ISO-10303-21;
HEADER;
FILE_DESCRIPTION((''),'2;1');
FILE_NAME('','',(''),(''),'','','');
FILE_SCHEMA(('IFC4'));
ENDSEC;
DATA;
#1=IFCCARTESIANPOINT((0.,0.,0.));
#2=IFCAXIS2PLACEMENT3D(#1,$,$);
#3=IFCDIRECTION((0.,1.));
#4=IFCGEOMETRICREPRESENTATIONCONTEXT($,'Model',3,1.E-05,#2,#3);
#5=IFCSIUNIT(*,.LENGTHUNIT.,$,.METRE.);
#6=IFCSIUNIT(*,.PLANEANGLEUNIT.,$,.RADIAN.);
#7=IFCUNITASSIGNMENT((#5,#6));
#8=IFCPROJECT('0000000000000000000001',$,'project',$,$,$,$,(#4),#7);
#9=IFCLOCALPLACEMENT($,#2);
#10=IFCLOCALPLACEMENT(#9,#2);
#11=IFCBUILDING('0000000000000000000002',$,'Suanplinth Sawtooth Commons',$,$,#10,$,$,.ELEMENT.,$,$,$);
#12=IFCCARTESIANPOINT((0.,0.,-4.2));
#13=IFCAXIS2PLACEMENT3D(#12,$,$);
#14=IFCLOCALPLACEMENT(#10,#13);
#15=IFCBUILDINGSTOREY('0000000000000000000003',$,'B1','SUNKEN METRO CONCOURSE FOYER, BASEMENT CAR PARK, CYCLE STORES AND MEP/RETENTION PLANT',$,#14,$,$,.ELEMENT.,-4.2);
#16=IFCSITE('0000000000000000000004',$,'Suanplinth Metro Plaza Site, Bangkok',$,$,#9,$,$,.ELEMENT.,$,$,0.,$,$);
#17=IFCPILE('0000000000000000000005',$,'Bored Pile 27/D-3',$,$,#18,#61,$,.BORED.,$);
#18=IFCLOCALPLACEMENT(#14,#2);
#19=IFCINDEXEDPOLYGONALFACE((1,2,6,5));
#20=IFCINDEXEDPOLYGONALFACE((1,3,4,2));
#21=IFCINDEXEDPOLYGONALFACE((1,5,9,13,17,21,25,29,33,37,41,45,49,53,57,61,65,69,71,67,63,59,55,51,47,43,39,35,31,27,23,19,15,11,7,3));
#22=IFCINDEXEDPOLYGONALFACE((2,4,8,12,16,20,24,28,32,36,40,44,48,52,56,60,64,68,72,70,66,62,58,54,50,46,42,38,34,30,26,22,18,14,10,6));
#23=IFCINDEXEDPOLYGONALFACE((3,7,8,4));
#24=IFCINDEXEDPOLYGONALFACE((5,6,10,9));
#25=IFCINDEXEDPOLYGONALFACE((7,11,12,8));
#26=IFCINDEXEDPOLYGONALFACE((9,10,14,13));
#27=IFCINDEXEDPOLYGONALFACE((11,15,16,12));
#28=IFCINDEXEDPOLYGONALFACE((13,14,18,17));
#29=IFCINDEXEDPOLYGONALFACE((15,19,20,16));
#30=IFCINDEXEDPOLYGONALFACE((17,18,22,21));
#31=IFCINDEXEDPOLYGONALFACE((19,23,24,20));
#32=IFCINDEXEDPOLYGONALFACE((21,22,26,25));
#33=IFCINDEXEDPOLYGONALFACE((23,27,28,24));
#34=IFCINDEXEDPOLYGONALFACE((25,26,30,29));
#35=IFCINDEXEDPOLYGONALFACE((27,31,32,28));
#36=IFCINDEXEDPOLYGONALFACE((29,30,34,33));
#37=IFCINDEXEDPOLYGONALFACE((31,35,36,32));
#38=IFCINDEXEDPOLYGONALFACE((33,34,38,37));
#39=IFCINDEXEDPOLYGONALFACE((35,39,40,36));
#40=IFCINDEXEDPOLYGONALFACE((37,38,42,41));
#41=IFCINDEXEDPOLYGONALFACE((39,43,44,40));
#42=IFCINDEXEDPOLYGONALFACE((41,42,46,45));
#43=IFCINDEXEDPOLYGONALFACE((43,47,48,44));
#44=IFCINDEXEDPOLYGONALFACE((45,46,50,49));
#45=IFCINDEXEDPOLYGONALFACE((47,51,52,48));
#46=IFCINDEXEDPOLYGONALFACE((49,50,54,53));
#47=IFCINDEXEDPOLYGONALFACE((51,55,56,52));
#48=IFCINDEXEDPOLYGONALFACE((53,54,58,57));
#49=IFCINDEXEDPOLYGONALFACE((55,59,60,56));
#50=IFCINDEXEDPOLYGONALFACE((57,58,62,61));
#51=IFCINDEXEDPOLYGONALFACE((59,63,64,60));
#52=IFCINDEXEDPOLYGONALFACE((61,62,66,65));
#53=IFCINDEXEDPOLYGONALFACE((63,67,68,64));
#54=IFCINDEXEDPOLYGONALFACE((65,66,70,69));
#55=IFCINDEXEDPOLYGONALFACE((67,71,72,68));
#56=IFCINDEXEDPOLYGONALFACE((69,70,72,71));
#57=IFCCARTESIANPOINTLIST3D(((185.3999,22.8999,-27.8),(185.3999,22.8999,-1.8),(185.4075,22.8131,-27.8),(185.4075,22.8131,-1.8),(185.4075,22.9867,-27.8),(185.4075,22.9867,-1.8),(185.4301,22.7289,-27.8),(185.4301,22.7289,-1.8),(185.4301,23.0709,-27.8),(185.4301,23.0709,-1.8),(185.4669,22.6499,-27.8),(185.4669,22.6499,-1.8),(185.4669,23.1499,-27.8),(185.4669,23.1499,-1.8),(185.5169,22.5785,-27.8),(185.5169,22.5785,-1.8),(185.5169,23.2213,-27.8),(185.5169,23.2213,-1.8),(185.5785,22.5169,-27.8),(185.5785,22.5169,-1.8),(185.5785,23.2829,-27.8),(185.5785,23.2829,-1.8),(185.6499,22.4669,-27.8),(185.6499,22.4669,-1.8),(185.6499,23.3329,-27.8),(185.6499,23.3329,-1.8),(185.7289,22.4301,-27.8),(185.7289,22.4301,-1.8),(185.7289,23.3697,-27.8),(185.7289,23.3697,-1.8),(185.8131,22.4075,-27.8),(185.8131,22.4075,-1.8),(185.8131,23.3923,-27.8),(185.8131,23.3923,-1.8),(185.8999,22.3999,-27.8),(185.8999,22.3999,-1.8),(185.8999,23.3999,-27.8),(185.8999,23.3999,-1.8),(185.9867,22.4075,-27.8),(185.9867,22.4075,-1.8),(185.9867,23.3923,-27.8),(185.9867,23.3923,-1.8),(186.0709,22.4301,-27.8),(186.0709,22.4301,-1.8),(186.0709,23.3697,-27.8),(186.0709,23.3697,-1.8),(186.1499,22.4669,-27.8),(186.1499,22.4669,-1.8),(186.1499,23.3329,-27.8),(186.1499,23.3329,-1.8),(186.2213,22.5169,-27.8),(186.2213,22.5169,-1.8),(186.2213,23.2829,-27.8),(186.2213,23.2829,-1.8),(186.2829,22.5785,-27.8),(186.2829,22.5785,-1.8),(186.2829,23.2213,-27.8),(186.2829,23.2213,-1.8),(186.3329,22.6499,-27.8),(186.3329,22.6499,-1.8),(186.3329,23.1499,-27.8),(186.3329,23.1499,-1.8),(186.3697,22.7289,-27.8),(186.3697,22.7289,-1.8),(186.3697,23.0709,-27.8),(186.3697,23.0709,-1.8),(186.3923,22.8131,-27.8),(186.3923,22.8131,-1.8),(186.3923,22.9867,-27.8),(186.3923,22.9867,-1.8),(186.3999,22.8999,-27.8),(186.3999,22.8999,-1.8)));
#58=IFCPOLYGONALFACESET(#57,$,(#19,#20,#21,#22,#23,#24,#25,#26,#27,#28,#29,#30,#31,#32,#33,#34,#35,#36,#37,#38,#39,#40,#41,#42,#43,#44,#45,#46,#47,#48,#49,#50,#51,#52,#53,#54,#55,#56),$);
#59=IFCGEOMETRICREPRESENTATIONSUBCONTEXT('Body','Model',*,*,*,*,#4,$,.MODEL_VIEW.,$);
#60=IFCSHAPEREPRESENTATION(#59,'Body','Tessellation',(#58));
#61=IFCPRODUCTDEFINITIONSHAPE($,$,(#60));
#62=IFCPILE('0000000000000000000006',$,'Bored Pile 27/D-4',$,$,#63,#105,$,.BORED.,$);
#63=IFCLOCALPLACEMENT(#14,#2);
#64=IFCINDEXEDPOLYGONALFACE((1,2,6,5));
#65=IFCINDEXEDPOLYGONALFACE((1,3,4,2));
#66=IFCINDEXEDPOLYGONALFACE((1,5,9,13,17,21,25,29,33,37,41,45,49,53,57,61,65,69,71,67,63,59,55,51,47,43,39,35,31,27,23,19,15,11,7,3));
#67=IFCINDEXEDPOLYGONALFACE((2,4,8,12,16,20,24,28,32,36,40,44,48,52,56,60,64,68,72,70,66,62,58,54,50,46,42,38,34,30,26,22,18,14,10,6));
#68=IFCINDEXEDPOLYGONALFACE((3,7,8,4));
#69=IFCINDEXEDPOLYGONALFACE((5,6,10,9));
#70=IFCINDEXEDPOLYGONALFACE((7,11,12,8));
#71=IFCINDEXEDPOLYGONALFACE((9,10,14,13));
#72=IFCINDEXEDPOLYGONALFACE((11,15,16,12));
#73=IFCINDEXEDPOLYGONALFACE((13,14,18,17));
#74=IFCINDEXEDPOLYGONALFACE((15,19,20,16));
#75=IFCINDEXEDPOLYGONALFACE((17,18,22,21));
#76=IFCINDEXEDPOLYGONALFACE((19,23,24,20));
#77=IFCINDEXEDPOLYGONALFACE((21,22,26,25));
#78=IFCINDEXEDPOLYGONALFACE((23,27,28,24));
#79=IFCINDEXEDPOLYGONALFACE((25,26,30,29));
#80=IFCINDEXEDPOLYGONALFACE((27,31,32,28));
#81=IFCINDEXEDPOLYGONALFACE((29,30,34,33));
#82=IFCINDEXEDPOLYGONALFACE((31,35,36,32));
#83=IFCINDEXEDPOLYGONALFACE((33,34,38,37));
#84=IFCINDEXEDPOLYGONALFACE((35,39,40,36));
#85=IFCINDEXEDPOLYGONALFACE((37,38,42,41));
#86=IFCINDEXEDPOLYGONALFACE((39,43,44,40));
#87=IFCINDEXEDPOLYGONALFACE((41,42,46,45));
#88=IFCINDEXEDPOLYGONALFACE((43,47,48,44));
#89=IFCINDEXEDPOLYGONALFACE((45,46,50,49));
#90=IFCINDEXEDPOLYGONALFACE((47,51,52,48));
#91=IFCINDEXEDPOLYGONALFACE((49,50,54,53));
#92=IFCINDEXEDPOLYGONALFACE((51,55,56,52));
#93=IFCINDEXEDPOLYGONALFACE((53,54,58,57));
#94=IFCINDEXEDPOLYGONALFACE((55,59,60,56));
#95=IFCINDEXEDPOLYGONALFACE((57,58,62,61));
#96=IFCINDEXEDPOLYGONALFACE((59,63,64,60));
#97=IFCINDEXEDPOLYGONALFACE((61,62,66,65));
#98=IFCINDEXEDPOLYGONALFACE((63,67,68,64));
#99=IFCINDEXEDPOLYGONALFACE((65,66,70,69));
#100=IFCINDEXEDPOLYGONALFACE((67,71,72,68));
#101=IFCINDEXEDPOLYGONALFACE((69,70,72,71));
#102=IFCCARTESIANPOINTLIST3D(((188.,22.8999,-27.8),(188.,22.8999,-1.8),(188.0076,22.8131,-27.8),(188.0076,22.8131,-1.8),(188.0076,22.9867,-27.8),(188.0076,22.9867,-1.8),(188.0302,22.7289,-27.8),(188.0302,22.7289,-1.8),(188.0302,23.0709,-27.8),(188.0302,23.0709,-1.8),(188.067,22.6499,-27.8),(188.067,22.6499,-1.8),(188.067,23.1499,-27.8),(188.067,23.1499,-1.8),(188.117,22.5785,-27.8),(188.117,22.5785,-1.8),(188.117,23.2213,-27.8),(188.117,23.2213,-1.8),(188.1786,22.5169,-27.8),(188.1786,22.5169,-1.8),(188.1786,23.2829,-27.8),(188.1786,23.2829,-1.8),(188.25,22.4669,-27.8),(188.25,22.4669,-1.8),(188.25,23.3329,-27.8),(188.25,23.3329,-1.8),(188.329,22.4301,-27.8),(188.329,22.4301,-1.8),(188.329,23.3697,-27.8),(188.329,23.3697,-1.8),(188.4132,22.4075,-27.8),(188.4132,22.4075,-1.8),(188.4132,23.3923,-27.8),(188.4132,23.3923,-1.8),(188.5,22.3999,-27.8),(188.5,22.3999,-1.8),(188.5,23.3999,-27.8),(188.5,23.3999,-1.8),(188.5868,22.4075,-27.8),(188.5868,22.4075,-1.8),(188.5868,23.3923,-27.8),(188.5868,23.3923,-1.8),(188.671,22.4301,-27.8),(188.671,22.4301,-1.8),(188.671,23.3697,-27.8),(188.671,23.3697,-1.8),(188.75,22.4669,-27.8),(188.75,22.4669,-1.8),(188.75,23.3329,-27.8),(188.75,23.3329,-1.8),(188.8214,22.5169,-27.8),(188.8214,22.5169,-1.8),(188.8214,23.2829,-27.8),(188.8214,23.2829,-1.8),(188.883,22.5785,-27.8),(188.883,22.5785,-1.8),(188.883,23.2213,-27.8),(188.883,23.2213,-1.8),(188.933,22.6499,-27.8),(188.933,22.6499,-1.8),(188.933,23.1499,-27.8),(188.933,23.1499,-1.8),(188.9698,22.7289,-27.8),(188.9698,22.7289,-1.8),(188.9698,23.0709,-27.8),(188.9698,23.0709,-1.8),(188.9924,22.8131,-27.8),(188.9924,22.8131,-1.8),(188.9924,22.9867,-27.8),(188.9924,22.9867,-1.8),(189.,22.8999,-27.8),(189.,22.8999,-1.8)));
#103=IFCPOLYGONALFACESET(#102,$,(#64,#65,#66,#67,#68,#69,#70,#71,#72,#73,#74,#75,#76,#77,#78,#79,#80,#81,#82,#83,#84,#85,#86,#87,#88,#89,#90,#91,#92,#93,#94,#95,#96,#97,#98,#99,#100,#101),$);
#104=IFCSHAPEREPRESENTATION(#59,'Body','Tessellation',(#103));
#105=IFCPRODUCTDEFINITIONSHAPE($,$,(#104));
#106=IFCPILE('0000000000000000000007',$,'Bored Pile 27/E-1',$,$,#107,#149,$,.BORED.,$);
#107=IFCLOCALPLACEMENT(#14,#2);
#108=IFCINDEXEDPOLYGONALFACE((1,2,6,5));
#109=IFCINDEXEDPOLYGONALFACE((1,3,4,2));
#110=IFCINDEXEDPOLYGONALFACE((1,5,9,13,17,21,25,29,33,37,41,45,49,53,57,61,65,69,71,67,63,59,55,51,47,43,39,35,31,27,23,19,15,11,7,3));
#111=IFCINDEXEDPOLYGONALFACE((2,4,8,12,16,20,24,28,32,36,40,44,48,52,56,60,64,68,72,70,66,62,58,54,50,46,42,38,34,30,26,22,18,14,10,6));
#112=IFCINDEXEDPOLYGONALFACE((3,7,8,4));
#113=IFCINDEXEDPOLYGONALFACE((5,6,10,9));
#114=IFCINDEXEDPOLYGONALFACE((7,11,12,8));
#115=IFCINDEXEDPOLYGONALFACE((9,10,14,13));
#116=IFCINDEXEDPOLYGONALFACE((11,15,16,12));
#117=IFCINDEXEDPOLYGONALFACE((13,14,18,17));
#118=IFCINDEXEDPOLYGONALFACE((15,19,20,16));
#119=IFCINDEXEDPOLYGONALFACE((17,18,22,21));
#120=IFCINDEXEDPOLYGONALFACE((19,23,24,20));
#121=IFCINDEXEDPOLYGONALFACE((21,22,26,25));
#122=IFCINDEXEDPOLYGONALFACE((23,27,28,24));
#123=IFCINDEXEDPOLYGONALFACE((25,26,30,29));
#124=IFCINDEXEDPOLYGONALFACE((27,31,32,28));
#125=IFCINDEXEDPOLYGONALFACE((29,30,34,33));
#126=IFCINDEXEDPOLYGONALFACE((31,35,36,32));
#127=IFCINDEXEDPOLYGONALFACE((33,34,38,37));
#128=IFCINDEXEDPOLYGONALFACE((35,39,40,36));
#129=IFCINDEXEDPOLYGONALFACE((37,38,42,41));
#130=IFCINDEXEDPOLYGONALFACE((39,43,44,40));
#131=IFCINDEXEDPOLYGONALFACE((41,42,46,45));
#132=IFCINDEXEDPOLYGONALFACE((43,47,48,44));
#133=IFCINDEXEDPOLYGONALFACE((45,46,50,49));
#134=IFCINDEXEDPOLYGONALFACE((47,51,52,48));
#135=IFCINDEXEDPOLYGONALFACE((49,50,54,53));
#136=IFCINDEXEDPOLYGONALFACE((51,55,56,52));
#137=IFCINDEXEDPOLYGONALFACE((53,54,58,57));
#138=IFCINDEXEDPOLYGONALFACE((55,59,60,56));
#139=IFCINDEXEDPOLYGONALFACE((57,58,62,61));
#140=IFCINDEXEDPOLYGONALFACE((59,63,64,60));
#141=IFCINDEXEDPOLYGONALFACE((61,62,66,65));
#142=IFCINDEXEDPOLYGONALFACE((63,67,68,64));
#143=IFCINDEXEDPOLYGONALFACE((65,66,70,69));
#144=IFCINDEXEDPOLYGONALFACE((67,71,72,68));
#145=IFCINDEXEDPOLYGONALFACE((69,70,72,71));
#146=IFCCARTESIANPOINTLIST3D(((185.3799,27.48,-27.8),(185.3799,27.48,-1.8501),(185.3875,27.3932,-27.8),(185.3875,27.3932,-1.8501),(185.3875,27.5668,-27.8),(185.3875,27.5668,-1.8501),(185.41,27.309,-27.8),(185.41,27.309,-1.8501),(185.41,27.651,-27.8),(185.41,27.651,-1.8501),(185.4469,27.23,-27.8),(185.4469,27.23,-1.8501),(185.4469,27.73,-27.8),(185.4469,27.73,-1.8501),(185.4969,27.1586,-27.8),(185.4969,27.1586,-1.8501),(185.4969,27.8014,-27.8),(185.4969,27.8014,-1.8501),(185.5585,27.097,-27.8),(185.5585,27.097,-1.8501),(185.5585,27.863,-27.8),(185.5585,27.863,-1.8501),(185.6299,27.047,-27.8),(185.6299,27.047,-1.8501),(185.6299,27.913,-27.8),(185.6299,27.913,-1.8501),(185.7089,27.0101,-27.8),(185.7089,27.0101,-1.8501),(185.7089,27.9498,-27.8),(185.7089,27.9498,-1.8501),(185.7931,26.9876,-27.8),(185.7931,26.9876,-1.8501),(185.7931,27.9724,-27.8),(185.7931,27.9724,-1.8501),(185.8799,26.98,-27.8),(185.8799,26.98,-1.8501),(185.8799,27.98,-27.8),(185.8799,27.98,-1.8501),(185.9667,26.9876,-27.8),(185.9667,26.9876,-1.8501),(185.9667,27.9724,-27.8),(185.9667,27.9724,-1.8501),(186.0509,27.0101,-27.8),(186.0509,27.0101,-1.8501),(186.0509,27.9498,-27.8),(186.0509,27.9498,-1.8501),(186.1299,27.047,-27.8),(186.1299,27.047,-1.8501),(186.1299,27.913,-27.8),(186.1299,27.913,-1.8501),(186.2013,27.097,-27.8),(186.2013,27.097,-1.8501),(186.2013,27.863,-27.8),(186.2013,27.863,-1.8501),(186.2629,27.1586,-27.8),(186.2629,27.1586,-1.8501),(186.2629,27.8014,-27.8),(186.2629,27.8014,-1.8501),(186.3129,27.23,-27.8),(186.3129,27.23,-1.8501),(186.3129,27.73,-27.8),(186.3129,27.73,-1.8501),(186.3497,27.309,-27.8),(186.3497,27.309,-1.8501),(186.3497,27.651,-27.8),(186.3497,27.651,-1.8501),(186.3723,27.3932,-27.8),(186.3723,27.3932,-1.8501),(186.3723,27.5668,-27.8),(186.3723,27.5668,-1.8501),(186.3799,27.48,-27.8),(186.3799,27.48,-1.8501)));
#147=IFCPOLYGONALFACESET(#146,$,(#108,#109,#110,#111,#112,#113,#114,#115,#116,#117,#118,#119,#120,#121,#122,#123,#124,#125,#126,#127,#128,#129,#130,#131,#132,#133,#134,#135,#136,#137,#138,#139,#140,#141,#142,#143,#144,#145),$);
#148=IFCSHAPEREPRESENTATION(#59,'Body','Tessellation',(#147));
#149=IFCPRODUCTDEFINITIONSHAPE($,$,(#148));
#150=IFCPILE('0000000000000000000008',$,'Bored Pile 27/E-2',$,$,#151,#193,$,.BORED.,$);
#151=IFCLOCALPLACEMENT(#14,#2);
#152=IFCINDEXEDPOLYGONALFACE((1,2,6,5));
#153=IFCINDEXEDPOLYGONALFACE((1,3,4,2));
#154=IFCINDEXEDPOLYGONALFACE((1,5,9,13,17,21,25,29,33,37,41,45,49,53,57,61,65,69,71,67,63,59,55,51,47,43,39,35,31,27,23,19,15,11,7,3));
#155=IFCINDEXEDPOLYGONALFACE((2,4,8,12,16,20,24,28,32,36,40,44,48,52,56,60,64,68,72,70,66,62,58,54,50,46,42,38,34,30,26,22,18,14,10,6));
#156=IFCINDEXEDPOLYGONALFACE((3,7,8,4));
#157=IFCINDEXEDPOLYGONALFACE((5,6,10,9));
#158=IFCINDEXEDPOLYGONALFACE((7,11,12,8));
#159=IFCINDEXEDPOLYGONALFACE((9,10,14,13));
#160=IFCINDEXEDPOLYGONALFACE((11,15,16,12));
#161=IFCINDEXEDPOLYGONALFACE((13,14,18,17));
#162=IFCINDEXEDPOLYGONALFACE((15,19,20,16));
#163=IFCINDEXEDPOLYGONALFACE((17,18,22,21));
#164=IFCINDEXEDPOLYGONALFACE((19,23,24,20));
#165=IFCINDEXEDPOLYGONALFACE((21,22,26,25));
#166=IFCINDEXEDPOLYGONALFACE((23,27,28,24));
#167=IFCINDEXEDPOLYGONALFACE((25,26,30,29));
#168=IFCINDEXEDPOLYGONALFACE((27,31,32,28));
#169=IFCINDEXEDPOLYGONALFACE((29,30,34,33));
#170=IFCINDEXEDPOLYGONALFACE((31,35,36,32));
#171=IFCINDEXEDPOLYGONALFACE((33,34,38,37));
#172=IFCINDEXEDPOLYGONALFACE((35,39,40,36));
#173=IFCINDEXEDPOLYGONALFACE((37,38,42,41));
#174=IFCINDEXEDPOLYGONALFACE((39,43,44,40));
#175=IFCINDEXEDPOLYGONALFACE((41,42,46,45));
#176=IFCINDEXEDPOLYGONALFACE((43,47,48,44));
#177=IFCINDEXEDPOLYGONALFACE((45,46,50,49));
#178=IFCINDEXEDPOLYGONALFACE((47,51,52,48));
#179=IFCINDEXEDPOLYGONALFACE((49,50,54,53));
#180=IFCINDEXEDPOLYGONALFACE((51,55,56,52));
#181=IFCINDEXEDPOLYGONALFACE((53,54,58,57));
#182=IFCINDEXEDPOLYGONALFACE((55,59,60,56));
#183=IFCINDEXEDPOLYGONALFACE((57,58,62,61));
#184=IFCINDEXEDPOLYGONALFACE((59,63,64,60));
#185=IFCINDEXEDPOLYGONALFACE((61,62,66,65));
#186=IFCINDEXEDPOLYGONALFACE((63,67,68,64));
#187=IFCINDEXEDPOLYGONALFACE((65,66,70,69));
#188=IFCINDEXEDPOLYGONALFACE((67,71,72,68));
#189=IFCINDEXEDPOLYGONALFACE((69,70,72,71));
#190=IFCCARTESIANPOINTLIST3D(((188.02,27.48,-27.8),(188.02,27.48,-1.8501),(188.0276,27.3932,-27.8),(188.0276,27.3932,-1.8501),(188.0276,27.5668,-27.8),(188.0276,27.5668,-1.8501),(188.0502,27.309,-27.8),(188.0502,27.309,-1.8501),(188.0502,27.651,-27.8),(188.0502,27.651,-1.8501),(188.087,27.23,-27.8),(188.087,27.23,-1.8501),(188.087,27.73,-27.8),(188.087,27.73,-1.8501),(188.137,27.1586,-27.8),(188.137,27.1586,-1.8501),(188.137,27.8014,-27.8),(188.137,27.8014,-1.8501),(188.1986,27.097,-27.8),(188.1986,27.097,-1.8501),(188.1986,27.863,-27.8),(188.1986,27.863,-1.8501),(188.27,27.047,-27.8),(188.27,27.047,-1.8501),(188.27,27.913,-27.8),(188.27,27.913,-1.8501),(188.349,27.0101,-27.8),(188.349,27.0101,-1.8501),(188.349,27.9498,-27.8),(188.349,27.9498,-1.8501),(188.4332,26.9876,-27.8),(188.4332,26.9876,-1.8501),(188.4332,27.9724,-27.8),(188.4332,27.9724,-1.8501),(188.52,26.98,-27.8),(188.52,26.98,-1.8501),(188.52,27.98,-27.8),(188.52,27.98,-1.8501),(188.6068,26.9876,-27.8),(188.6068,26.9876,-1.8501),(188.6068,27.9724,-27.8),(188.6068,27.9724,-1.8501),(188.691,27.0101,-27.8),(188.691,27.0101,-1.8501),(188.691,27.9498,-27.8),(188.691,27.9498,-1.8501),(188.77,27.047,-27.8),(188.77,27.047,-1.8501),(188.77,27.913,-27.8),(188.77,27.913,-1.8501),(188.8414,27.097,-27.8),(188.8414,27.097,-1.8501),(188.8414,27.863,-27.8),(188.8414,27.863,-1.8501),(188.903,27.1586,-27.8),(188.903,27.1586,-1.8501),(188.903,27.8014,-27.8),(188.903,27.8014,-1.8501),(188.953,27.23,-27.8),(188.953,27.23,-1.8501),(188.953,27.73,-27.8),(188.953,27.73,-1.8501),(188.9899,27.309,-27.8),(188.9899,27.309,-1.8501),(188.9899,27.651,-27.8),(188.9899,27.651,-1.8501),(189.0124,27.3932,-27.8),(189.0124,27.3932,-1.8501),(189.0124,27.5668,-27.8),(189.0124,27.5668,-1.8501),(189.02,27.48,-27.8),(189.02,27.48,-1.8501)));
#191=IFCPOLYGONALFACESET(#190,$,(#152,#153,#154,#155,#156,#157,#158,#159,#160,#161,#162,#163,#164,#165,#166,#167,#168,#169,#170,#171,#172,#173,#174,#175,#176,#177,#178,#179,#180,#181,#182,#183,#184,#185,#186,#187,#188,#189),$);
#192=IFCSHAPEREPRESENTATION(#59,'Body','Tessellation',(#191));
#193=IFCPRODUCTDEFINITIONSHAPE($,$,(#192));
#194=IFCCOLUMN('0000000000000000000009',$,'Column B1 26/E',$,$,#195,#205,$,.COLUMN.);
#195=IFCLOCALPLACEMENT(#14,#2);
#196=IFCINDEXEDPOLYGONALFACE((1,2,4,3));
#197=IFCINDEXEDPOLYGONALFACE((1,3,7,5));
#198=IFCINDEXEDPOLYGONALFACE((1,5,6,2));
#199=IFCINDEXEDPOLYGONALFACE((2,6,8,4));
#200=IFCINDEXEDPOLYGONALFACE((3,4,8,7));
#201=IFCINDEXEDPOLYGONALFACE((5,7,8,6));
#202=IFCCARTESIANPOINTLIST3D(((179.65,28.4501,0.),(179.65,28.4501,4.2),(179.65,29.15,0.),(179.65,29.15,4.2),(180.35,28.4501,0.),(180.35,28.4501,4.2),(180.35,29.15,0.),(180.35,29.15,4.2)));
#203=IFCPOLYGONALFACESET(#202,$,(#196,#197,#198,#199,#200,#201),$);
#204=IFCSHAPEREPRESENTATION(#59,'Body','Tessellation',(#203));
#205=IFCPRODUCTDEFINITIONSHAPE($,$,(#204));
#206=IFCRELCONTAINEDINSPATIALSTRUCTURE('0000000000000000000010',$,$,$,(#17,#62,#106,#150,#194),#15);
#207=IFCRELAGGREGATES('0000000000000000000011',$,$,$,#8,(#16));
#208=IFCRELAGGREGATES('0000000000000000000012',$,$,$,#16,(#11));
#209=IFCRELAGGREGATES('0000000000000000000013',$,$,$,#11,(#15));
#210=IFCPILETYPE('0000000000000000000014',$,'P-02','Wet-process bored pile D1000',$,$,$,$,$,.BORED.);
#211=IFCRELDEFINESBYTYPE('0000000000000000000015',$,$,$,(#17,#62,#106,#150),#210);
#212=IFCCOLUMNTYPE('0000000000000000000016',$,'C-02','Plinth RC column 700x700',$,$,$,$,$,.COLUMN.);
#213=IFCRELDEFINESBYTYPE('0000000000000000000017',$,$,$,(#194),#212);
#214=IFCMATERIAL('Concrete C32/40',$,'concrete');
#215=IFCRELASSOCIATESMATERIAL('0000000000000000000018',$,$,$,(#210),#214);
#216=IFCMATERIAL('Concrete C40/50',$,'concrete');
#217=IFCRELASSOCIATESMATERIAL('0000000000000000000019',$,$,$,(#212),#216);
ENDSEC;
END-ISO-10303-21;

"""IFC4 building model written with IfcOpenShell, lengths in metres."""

from ifc_helpers import new_model, si_unit, direction, frame, origin, origin_2d, place, context, subcontext, project, spatial, rectangle, circle, extrude, material, material_profile, profile_set, type_object, element, save


model = new_model("IFC4")

# Units and contexts
model_context = context("Model", 3, precision=1e-05, world=origin(), true_north=direction((0.0, 1.0)))
body_context = subcontext(model_context, "Body", "Model", "MODEL_VIEW")
ifc_project = project(units=[si_unit("LENGTHUNIT", "METRE"), si_unit("PLANEANGLEUNIT", "RADIAN")], contexts=[model_context])

# Site, building, storey
site_placement = place(None, origin())
site = spatial("IfcSite", under=ifc_project, at=site_placement, Name="Suanplinth Metro Plaza Site, Bangkok", CompositionType="ELEMENT", RefElevation=0.0)
building_placement = place(site_placement, origin())
building = spatial("IfcBuilding", under=site, at=building_placement, Name="Suanplinth Sawtooth Commons", CompositionType="ELEMENT")
storey_placement = place(building_placement, frame((0.0, 0.0, -4.2)))
storey = spatial("IfcBuildingStorey", under=building, at=storey_placement, Name="B1", Description="SUNKEN METRO CONCOURSE FOYER, BASEMENT CAR PARK, CYCLE STORES AND MEP/RETENTION PLANT", CompositionType="ELEMENT", Elevation=-4.2)

# Piles
ifc_material_1 = material(Name="Concrete C32/40", Category="concrete")
ifc_material_profile_1 = material_profile(ifc_material_1, circle(Radius=0.5, at=origin_2d()), Name="PILE D1000")
ifc_profile_set_1 = profile_set([ifc_material_profile_1], Name="Concrete C32/40")
pile_type = type_object("IfcPileType", Name="P-02", Description="Wet-process bored pile D1000", PredefinedType="BORED", material=ifc_profile_set_1)
for number, where, z_axis, x_axis, name in (
    (1, (185.8999, 22.8999, -1.8), (0.0, 0.0, -1.0), (1.0, 0.0, 0.0), "Bored Pile 27/D-3"),
    (2, (188.5, 22.8999, -1.8), (0.0, 0.0, -1.0), (1.0, 0.0, 0.0), "Bored Pile 27/D-4"),
):
    element("IfcPile", number, at=place(storey_placement, frame(where, z_axis=z_axis, x_axis=x_axis)), inside=storey, type_object=pile_type, Name=name, PredefinedType="BORED", context=body_context, shape_type="SweptSolid", body=[
        extrude(circle(Radius=0.5, at=origin_2d()), origin(), (0.0, 0.0, 1.0), 26.0),
    ])
for number, where, z_axis, x_axis, name in (
    (3, (185.8799, 27.48, -1.8501), (0.0, 0.0, -1.0), (1.0, 0.0, 0.0), "Bored Pile 27/E-1"),
    (4, (188.52, 27.48, -1.8501), (0.0, 0.0, -1.0), (1.0, 0.0, 0.0), "Bored Pile 27/E-2"),
):
    element("IfcPile", number, at=place(storey_placement, frame(where, z_axis=z_axis, x_axis=x_axis)), inside=storey, type_object=pile_type, Name=name, PredefinedType="BORED", context=body_context, shape_type="SweptSolid", body=[
        extrude(circle(Radius=0.5, at=origin_2d()), origin(), (0.0, 0.0, 1.0), 25.95),
    ])

# Column
ifc_material_2 = material(Name="Concrete C40/50", Category="concrete")
ifc_material_profile_2 = material_profile(ifc_material_2, rectangle(XDim=0.7, YDim=0.7, at=origin_2d()), Name="RC-COL 700x700")
ifc_profile_set_2 = profile_set([ifc_material_profile_2], Name="Concrete C40/50")
column_type = type_object("IfcColumnType", Name="C-02", Description="Plinth RC column 700x700", PredefinedType="COLUMN", material=ifc_profile_set_2)
for number, where, z_axis, x_axis, name in (
    (5, (180.0, 28.8, 0.0), (0.0, 0.0, 1.0), (1.0, 0.0, 0.0), "Column B1 26/E"),
):
    element("IfcColumn", number, at=place(storey_placement, frame(where, z_axis=z_axis, x_axis=x_axis)), inside=storey, type_object=column_type, Name=name, PredefinedType="COLUMN", context=body_context, shape_type="SweptSolid", body=[
        extrude(rectangle(XDim=0.7, YDim=0.7, at=origin_2d()), origin(), (0.0, 0.0, 1.0), 4.2),
    ])

save(model, "model.ifc")
